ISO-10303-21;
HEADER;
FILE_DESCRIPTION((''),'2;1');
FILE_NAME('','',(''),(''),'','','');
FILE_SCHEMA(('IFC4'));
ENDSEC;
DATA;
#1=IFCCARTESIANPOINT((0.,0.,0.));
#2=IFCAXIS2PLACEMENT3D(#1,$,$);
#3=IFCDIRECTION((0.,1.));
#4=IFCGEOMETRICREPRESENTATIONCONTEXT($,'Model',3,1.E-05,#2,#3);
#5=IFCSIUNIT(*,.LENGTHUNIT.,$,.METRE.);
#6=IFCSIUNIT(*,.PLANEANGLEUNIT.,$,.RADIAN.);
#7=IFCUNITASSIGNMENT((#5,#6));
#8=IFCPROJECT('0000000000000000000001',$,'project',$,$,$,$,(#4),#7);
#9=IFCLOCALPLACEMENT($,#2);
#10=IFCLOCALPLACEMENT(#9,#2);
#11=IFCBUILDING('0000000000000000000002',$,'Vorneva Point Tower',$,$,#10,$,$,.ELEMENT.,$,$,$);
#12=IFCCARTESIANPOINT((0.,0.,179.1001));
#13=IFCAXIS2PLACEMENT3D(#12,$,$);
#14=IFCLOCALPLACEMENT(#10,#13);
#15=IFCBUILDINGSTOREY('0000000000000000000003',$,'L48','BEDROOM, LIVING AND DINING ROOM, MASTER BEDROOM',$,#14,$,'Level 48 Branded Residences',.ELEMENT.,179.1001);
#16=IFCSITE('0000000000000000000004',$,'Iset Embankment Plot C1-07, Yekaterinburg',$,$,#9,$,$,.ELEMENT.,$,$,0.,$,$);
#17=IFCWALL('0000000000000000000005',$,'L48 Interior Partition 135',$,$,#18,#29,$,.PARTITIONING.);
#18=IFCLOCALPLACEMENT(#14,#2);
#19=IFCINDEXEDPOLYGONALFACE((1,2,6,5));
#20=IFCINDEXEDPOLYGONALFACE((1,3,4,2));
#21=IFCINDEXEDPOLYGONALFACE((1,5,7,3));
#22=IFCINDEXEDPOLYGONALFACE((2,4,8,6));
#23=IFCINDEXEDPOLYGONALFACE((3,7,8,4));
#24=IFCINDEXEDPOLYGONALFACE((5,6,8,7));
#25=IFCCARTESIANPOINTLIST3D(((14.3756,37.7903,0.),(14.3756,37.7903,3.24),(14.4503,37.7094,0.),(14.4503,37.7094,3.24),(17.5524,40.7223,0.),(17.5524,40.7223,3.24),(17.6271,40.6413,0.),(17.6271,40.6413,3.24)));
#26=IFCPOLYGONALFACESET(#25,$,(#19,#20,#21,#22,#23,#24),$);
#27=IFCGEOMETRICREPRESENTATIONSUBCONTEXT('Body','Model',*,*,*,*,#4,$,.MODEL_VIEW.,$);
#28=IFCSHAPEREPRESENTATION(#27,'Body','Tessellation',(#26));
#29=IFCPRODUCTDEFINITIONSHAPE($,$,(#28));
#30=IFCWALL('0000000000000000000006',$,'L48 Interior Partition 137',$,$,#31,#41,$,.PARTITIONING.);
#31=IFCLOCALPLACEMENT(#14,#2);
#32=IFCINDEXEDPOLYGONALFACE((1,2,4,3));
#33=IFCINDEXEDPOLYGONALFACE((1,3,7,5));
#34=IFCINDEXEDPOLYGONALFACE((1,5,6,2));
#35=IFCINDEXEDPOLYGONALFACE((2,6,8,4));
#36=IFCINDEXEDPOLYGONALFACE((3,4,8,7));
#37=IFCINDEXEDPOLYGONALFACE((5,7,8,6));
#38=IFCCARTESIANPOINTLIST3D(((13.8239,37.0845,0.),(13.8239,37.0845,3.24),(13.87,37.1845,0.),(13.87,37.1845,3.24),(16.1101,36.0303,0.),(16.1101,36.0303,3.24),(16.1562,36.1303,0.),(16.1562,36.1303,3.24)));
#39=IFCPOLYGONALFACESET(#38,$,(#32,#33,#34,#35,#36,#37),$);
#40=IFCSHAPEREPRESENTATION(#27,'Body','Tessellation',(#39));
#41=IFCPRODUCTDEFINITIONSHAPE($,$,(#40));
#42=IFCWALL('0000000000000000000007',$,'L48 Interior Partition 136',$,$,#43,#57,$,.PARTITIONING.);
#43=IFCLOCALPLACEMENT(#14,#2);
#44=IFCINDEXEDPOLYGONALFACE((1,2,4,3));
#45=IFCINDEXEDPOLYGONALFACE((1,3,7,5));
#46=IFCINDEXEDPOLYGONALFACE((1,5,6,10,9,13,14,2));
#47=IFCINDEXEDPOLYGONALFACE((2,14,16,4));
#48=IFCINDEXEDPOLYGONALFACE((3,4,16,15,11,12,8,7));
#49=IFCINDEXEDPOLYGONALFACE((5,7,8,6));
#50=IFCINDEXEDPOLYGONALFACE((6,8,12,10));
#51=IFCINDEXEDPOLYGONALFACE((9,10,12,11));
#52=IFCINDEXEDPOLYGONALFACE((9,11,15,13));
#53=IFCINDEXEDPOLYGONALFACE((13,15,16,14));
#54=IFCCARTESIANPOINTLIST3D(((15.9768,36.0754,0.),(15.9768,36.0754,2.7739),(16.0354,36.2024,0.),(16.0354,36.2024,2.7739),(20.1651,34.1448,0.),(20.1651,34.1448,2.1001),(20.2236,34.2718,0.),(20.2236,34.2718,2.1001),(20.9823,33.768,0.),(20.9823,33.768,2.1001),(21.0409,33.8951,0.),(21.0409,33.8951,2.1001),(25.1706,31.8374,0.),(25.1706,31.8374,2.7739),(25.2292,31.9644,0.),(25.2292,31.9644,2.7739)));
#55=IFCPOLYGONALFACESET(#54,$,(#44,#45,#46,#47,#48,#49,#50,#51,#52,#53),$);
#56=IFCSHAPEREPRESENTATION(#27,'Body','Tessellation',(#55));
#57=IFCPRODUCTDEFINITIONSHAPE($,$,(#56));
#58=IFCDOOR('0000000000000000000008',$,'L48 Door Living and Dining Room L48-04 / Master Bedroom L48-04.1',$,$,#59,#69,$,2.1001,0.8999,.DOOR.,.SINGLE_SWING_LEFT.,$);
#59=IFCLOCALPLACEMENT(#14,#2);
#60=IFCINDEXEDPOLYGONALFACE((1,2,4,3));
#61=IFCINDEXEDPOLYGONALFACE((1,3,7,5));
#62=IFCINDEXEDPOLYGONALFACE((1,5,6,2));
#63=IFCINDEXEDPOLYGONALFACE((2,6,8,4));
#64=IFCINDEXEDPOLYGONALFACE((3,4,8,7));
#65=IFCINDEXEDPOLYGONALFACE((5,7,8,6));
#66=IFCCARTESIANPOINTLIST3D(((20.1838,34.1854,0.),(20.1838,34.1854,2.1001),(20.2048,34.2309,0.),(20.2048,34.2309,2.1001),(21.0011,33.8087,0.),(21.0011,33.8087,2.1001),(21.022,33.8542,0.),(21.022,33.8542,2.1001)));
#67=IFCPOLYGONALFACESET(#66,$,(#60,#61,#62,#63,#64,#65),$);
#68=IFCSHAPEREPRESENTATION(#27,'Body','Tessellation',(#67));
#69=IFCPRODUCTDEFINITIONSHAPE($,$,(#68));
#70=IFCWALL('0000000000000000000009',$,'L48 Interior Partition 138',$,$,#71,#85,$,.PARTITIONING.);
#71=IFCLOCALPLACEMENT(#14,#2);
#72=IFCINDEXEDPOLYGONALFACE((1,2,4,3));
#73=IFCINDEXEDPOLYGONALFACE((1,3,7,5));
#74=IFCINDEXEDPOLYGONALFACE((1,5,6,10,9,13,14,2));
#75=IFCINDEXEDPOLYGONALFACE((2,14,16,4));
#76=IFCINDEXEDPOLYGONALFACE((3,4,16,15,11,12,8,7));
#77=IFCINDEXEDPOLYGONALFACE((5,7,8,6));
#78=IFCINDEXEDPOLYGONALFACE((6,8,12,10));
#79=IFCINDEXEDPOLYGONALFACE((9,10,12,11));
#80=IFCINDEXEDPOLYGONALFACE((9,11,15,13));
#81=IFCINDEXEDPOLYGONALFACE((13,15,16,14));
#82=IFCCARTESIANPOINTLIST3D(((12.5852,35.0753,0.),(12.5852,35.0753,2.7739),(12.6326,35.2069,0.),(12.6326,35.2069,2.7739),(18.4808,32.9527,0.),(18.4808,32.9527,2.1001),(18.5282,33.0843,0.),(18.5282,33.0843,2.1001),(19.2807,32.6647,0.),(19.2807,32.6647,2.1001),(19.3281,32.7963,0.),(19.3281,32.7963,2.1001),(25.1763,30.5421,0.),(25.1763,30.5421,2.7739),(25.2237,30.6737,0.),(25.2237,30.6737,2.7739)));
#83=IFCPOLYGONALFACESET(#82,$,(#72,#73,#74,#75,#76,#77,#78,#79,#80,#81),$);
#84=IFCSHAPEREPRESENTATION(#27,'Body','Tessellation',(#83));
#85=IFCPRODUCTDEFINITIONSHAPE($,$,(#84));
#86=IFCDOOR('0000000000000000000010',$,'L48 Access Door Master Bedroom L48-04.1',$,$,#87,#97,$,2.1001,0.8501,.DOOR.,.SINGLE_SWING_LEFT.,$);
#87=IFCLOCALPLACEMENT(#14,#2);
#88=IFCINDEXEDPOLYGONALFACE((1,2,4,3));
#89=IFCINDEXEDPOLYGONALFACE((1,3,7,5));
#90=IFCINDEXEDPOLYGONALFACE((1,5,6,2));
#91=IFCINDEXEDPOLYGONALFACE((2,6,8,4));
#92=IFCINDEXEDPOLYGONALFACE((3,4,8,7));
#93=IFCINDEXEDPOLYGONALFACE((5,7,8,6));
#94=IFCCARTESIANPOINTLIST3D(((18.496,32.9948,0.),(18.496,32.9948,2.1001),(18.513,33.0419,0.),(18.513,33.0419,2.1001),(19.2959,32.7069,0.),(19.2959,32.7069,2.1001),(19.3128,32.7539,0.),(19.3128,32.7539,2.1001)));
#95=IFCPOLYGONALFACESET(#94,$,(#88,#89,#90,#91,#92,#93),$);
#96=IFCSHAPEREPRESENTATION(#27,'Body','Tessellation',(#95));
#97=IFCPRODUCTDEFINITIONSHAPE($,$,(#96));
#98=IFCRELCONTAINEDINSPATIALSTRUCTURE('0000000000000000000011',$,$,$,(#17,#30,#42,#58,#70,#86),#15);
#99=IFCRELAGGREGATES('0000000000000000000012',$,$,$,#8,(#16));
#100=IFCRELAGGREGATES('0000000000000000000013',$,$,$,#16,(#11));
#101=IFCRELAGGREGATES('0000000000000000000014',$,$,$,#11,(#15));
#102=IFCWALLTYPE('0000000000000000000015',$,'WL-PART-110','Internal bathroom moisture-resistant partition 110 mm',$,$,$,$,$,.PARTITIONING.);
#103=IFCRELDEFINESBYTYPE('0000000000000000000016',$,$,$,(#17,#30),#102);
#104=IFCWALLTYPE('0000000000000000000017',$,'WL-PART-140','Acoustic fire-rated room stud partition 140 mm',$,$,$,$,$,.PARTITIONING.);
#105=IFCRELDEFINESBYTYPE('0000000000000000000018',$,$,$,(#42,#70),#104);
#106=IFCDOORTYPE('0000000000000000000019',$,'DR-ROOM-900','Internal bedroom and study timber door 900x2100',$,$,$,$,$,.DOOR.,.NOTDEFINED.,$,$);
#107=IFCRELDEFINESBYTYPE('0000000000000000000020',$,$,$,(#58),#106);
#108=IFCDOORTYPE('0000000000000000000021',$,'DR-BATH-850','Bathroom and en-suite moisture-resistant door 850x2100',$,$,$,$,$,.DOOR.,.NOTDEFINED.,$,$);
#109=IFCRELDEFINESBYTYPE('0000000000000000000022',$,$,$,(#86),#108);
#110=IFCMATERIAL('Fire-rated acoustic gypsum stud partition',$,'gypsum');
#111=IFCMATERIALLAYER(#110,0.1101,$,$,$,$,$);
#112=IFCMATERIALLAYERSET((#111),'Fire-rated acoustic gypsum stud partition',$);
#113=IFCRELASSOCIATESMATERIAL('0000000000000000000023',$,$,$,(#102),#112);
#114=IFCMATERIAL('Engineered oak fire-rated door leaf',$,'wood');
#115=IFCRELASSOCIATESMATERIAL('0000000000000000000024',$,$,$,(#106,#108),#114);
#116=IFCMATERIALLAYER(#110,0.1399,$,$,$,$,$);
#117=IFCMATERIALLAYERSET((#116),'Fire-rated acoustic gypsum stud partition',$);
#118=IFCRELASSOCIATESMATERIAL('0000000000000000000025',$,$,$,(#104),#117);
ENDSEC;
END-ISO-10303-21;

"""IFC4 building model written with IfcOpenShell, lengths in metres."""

from ifc_helpers import new_model, si_unit, direction, frame, frame_2d, origin, place, context, subcontext, project, spatial, rectangle, extrude, material, layer, layer_set, type_object, element, fill, save


model = new_model("IFC4")

# Units and contexts
model_context = context("Model", 3, precision=1e-05, world=origin(), true_north=direction((0.0, 1.0)))
body_context = subcontext(model_context, "Body", "Model", "MODEL_VIEW")
ifc_project = project(units=[si_unit("LENGTHUNIT", "METRE"), si_unit("PLANEANGLEUNIT", "RADIAN")], contexts=[model_context])

# Site, building, storey
site_placement = place(None, origin())
site = spatial("IfcSite", under=ifc_project, at=site_placement, Name="Iset Embankment Plot C1-07, Yekaterinburg", CompositionType="ELEMENT", RefElevation=0.0)
building_placement = place(site_placement, origin())
building = spatial("IfcBuilding", under=site, at=building_placement, Name="Vorneva Point Tower", CompositionType="ELEMENT")
storey_placement = place(building_placement, frame((0.0, 0.0, 179.1001)))
storey = spatial("IfcBuildingStorey", under=building, at=storey_placement, Name="L48", Description="BEDROOM, LIVING AND DINING ROOM, MASTER BEDROOM", LongName="Level 48 Branded Residences", CompositionType="ELEMENT", Elevation=179.1001)

# Shared definitions
ifc_material_1 = material(Name="Fire-rated acoustic gypsum stud partition", Category="gypsum")
ifc_layer_1 = layer(ifc_material_1, 0.1101)
ifc_layer_set_1 = layer_set([ifc_layer_1], Name="Fire-rated acoustic gypsum stud partition")
wall_type_1 = type_object("IfcWallType", Name="WL-PART-110", Description="Internal bathroom moisture-resistant partition 110 mm", PredefinedType="PARTITIONING", material=ifc_layer_set_1)

# Shared definitions
ifc_material_2 = material(Name="Engineered oak fire-rated door leaf", Category="wood")
door_type_1 = type_object("IfcDoorType", Name="DR-ROOM-900", Description="Internal bedroom and study timber door 900x2100", OperationType="NOTDEFINED", PredefinedType="DOOR", material=ifc_material_2)

# Walls
wall_1_placement = place(storey_placement, frame((17.5898, 40.6819, 0.0), z_axis=(0.0, 0.0, 1.0), x_axis=(-0.734862, -0.678217, 0.0)))
element("IfcWall", 1, at=wall_1_placement, inside=storey, type_object=wall_type_1, Name="L48 Interior Partition 135", PredefinedType="PARTITIONING", context=body_context, shape_type="SweptSolid", body=[
    extrude(rectangle(XDim=4.323, YDim=0.1101, at=frame_2d((2.1616, 0.0))), origin(), (0.0, 0.0, 1.0), 3.24),
])
wall_2_placement = place(storey_placement, frame((13.8469, 37.1345, 0.0), z_axis=(0.0, 0.0, 1.0), x_axis=(0.908101, -0.418751, 0.0)))
element("IfcWall", 2, at=wall_2_placement, inside=storey, type_object=wall_type_1, Name="L48 Interior Partition 137", PredefinedType="PARTITIONING", context=body_context, shape_type="SweptSolid", body=[
    extrude(rectangle(XDim=2.5176, YDim=0.1101, at=frame_2d((1.2588, 0.0))), origin(), (0.0, 0.0, 1.0), 3.24),
])

# Walls, openings, doors
ifc_layer_2 = layer(ifc_material_1, 0.1399)
ifc_layer_set_2 = layer_set([ifc_layer_2], Name="Fire-rated acoustic gypsum stud partition")
wall_type_2 = type_object("IfcWallType", Name="WL-PART-140", Description="Acoustic fire-rated room stud partition 140 mm", PredefinedType="PARTITIONING", material=ifc_layer_set_2)
wall_3_placement = place(storey_placement, frame((16.0061, 36.1389, 0.0), z_axis=(0.0, 0.0, 1.0), x_axis=(0.908158, -0.418628, 0.0)))
wall_3 = element("IfcWall", 3, at=wall_3_placement, inside=storey, type_object=wall_type_2, Name="L48 Interior Partition 136", PredefinedType="PARTITIONING", context=body_context, shape_type="SweptSolid", body=[
    extrude(rectangle(XDim=10.1235, YDim=0.1399, at=frame_2d((5.0618, 0.0))), origin(), (0.0, 0.0, 1.0), 2.7739),
])
opening_1_placement = place(wall_3_placement, frame((4.6118, 0.0, 0.0)))
opening_1 = element("IfcOpeningElement", 4, at=opening_1_placement, cuts=wall_3, PredefinedType="OPENING", context=body_context, shape_type="SweptSolid", body=[
    extrude(rectangle(XDim=0.8999, YDim=2.1001, at=frame_2d((0.45, 1.05))), frame((0.0, 0.085, 0.0), z_axis=(0.0, -1.0, 0.0), x_axis=(1.0, 0.0, 0.0)), (0.0, 0.0, 1.0), 0.1697),
])
door_1_placement = place(opening_1_placement, origin())
door_1 = element("IfcDoor", 5, at=door_1_placement, inside=storey, type_object=door_type_1, Name="L48 Door Living and Dining Room L48-04 / Master Bedroom L48-04.1", OperationType="SINGLE_SWING_LEFT", OverallHeight=2.1001, OverallWidth=0.8999, PredefinedType="DOOR", context=body_context, shape_type="SweptSolid", body=[
    extrude(rectangle(XDim=0.8999, YDim=2.1001, at=frame_2d((0.45, 1.05))), frame((0.0, 0.0249, 0.0), z_axis=(0.0, -1.0, 0.0), x_axis=(1.0, 0.0, 0.0)), (0.0, 0.0, 1.0), 0.05),
])
fill(opening_1, door_1)
wall_4_placement = place(storey_placement, frame((12.6089, 35.1411, 0.0), z_axis=(0.0, 0.0, 1.0), x_axis=(0.940877, -0.338747, 0.0)))
wall_4 = element("IfcWall", 6, at=wall_4_placement, inside=storey, type_object=wall_type_2, Name="L48 Interior Partition 138", PredefinedType="PARTITIONING", context=body_context, shape_type="SweptSolid", body=[
    extrude(rectangle(XDim=13.3823, YDim=0.1399, at=frame_2d((6.6912, 0.0))), origin(), (0.0, 0.0, 1.0), 2.7739),
])
opening_2_placement = place(wall_4_placement, frame((6.2661, 0.0, 0.0)))
opening_2 = element("IfcOpeningElement", 7, at=opening_2_placement, cuts=wall_4, PredefinedType="OPENING", context=body_context, shape_type="SweptSolid", body=[
    extrude(rectangle(XDim=0.8501, YDim=2.1001, at=frame_2d((0.425, 1.05))), frame((0.0, 0.085, 0.0), z_axis=(0.0, -1.0, 0.0), x_axis=(1.0, 0.0, 0.0)), (0.0, 0.0, 1.0), 0.1697),
])
door_type_2 = type_object("IfcDoorType", Name="DR-BATH-850", Description="Bathroom and en-suite moisture-resistant door 850x2100", OperationType="NOTDEFINED", PredefinedType="DOOR", material=ifc_material_2)
door_2_placement = place(opening_2_placement, origin())
door_2 = element("IfcDoor", 8, at=door_2_placement, inside=storey, type_object=door_type_2, Name="L48 Access Door Master Bedroom L48-04.1", OperationType="SINGLE_SWING_LEFT", OverallHeight=2.1001, OverallWidth=0.8501, PredefinedType="DOOR", context=body_context, shape_type="SweptSolid", body=[
    extrude(rectangle(XDim=0.8501, YDim=2.1001, at=frame_2d((0.425, 1.05))), frame((0.0, 0.0249, 0.0), z_axis=(0.0, -1.0, 0.0), x_axis=(1.0, 0.0, 0.0)), (0.0, 0.0, 1.0), 0.05),
])
fill(opening_2, door_2)

save(model, "model.ifc")
